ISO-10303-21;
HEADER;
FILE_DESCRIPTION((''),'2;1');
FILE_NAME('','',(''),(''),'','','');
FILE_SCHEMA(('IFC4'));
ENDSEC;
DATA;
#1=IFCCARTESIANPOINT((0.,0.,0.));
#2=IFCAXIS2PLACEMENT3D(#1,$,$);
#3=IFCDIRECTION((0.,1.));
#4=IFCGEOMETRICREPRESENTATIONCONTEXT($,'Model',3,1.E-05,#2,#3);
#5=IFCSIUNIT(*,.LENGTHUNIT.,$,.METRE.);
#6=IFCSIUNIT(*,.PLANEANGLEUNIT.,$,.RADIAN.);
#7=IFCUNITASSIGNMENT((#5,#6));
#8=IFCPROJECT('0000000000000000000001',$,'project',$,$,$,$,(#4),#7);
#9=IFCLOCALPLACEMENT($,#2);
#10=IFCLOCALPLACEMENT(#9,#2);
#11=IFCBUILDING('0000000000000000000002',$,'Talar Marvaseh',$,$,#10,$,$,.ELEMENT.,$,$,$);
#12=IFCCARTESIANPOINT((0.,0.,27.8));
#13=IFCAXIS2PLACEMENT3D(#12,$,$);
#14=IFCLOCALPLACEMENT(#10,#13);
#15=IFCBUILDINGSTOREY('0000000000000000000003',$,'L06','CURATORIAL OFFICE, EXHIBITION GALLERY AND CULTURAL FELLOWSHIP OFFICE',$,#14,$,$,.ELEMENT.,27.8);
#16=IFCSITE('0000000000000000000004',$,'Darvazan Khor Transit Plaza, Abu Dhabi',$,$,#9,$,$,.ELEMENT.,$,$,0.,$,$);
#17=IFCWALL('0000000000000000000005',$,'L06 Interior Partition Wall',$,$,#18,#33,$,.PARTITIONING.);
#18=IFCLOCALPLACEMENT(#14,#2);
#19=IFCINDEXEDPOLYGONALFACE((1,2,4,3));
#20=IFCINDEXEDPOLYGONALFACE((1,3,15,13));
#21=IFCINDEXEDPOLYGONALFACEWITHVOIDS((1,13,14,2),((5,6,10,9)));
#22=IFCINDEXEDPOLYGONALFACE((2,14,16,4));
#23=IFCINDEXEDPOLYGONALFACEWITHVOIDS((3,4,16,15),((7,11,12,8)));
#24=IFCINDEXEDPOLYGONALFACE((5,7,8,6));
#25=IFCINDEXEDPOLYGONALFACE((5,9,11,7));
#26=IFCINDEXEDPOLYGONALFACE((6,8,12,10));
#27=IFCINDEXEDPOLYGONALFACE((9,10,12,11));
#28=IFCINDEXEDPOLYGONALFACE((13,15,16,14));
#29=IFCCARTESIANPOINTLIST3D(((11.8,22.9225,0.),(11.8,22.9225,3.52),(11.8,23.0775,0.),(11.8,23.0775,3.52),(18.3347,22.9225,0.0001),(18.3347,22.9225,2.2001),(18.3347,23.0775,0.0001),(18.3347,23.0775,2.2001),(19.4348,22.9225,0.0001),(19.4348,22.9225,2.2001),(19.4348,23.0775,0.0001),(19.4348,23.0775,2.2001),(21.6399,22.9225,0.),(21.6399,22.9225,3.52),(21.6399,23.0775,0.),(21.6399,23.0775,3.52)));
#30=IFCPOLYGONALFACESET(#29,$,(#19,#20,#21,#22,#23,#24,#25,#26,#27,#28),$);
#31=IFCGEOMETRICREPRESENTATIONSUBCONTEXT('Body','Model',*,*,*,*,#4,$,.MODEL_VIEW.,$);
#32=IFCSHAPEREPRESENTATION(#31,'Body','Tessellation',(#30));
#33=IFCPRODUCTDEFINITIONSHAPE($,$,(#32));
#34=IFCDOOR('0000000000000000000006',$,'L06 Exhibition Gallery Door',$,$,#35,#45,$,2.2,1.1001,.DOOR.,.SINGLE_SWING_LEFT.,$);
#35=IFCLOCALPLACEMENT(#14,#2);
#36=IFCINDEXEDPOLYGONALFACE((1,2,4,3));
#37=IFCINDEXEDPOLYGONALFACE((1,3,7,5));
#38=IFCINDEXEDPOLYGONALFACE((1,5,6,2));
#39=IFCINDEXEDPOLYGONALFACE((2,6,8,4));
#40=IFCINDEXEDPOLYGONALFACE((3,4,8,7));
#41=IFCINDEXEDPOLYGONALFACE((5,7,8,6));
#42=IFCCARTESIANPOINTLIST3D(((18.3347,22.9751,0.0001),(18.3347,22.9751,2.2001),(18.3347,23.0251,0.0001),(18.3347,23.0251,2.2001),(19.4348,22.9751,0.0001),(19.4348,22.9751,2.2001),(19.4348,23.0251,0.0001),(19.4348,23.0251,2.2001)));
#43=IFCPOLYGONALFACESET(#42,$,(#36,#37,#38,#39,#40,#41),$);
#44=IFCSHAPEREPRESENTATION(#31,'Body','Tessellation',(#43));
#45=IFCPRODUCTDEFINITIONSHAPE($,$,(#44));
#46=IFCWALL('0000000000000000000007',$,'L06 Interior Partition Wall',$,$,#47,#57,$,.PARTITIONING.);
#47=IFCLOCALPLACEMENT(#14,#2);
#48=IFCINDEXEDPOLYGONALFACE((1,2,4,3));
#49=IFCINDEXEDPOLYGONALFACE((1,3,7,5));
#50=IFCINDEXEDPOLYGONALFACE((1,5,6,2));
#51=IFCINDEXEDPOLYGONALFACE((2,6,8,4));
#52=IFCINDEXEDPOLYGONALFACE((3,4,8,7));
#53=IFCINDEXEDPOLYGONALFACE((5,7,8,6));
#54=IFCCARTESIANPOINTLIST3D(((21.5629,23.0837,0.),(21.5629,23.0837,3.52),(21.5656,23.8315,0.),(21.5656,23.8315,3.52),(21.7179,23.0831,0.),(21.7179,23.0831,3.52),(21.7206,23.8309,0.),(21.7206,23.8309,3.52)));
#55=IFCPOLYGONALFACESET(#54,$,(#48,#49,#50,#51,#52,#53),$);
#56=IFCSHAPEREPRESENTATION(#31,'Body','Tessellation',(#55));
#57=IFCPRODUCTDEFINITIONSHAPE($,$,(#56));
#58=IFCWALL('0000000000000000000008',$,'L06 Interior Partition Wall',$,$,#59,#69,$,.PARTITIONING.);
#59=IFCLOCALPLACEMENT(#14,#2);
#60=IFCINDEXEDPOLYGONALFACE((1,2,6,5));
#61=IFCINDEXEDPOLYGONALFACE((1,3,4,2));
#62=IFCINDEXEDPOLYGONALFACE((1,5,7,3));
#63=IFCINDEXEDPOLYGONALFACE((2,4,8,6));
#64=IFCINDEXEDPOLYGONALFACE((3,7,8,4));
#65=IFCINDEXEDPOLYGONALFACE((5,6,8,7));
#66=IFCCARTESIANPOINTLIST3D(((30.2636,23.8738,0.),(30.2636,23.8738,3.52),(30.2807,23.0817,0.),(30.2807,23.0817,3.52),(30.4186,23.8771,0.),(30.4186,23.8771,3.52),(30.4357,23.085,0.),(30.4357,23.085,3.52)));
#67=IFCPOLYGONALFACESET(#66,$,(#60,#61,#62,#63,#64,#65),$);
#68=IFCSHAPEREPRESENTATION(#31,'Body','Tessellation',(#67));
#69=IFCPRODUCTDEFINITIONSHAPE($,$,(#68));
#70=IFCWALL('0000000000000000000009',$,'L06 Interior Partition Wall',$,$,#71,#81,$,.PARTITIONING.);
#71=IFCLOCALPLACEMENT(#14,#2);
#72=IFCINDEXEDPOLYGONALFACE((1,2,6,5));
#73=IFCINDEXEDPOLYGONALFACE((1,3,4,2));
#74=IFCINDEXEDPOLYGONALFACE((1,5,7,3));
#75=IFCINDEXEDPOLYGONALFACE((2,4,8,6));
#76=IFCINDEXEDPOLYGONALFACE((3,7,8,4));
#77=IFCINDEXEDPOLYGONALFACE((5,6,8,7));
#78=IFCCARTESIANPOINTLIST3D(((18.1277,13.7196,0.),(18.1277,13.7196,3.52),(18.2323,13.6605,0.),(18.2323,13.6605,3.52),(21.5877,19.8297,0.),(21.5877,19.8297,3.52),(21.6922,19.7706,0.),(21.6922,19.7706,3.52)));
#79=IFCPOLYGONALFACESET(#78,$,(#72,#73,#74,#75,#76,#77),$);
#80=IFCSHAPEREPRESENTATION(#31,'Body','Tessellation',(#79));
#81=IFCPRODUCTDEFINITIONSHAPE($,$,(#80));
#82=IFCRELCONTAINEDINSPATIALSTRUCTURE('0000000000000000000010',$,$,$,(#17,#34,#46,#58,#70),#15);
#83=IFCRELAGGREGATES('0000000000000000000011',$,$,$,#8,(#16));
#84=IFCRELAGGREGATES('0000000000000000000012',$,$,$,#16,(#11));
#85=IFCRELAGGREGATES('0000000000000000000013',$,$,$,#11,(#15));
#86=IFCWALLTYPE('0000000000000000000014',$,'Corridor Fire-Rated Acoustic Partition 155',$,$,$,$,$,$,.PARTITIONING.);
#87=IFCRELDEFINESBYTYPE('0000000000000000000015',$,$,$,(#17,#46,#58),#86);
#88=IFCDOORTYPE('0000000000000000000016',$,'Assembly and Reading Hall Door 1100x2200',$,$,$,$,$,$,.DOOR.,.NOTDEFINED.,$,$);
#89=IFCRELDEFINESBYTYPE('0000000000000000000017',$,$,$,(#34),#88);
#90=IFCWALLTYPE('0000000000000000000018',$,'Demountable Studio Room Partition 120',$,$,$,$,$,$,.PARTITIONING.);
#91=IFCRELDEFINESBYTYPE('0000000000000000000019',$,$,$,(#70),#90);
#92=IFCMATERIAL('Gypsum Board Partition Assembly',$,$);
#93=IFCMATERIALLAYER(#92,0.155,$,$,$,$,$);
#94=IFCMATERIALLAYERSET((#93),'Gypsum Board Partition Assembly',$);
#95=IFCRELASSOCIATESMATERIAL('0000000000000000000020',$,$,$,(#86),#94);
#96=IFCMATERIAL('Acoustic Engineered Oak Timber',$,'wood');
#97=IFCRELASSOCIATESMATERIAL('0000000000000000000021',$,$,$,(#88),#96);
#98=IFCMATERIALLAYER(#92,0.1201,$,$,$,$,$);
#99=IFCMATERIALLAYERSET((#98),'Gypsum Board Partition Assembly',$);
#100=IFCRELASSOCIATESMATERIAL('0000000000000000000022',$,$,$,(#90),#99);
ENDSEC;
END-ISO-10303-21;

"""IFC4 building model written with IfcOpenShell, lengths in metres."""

from ifc_helpers import new_model, si_unit, direction, frame, frame_2d, origin, place, context, subcontext, project, spatial, rectangle, extrude, source, transform, mapped, material, layer, layer_set, type_object, type_shapes, element, fill, save


model = new_model("IFC4")

# Units and contexts
model_context = context("Model", 3, precision=1e-05, world=origin(), true_north=direction((0.0, 1.0)))
body_context = subcontext(model_context, "Body", "Model", "MODEL_VIEW")
ifc_project = project(units=[si_unit("LENGTHUNIT", "METRE"), si_unit("PLANEANGLEUNIT", "RADIAN")], contexts=[model_context])

# Site, building, storey
site_placement = place(None, origin())
site = spatial("IfcSite", under=ifc_project, at=site_placement, Name="Darvazan Khor Transit Plaza, Abu Dhabi", CompositionType="ELEMENT", RefElevation=0.0)
building_placement = place(site_placement, origin())
building = spatial("IfcBuilding", under=site, at=building_placement, Name="Talar Marvaseh", CompositionType="ELEMENT")
storey_placement = place(building_placement, frame((0.0, 0.0, 27.8)))
storey = spatial("IfcBuildingStorey", under=building, at=storey_placement, Name="L06", Description="CURATORIAL OFFICE, EXHIBITION GALLERY AND CULTURAL FELLOWSHIP OFFICE", CompositionType="ELEMENT", Elevation=27.8)

# Wall, opening, door
ifc_material_1 = material(Name="Gypsum Board Partition Assembly")
ifc_layer_1 = layer(ifc_material_1, 0.155)
ifc_layer_set_1 = layer_set([ifc_layer_1], Name="Gypsum Board Partition Assembly")
wall_type_1 = type_object("IfcWallType", Name="Corridor Fire-Rated Acoustic Partition 155", PredefinedType="PARTITIONING", material=ifc_layer_set_1)
wall_1_placement = place(storey_placement, frame((21.6399, 23.0, 0.0), z_axis=(0.0, 0.0, 1.0), x_axis=(-1.0, 0.0, 0.0)))
wall_1 = element("IfcWall", 1, at=wall_1_placement, inside=storey, type_object=wall_type_1, Name="L06 Interior Partition Wall", PredefinedType="PARTITIONING", context=body_context, shape_type="SweptSolid", body=[
    extrude(rectangle(XDim=9.8398, YDim=0.155, at=frame_2d((4.9199, 0.0))), origin(), (0.0, 0.0, 1.0), 3.52),
])
opening_1_placement = place(wall_1_placement, frame((2.2051, 0.0, 0.0)))
opening_1 = element("IfcOpeningElement", 2, at=opening_1_placement, cuts=wall_1, PredefinedType="OPENING", context=body_context, shape_type="SweptSolid", body=[
    extrude(rectangle(XDim=1.1001, YDim=2.2, at=frame_2d((0.55, 1.1001))), frame((0.0, 0.0874, 0.0), z_axis=(0.0, -1.0, 0.0), x_axis=(1.0, 0.0, 0.0)), (0.0, 0.0, 1.0), 0.175),
])
ifc_material_2 = material(Name="Acoustic Engineered Oak Timber", Category="wood")
door_type = type_object("IfcDoorType", Name="Assembly and Reading Hall Door 1100x2200", OperationType="NOTDEFINED", PredefinedType="DOOR", material=ifc_material_2)
shared_shape_1 = source(origin(), body_context, "Body", "SweptSolid", [
    extrude(rectangle(XDim=1.1001, YDim=2.2, at=frame_2d((0.55, 1.1001))), frame((0.0, 0.0249, 0.0), z_axis=(0.0, -1.0, 0.0), x_axis=(1.0, 0.0, 0.0)), (0.0, 0.0, 1.0), 0.05),
])
type_shapes(door_type, [shared_shape_1])
door_placement = place(opening_1_placement, origin())
door = element("IfcDoor", 3, at=door_placement, inside=storey, type_object=door_type, Name="L06 Exhibition Gallery Door", OperationType="SINGLE_SWING_LEFT", OverallHeight=2.2, OverallWidth=1.1001, PredefinedType="DOOR", context=body_context, shape_type="MappedRepresentation", body=[
    mapped(shared_shape_1, transform((0.0, 0.0, 0.0), x_axis=(1.0, 0.0, 0.0), y_axis=(0.0, 1.0, 0.0), z_axis=(0.0, 0.0, 1.0), scale=1.0)),
])
fill(opening_1, door)

# Walls
wall_2_placement = place(storey_placement, frame((21.6431, 23.8313, 0.0), z_axis=(0.0, 0.0, 1.0), x_axis=(-0.003591, -0.999994, 0.0)))
element("IfcWall", 4, at=wall_2_placement, inside=storey, type_object=wall_type_1, Name="L06 Interior Partition Wall", PredefinedType="PARTITIONING", context=body_context, shape_type="SweptSolid", body=[
    extrude(rectangle(XDim=0.7478, YDim=0.155, at=frame_2d((0.374, 0.0))), origin(), (0.0, 0.0, 1.0), 3.52),
])
wall_3_placement = place(storey_placement, frame((30.3582, 23.0835, 0.0), z_axis=(0.0, 0.0, 1.0), x_axis=(-0.021573, 0.999767, 0.0)))
element("IfcWall", 5, at=wall_3_placement, inside=storey, type_object=wall_type_1, Name="L06 Interior Partition Wall", PredefinedType="PARTITIONING", context=body_context, shape_type="SweptSolid", body=[
    extrude(rectangle(XDim=0.7922, YDim=0.155, at=frame_2d((0.396, 0.0))), origin(), (0.0, 0.0, 1.0), 3.52),
])
ifc_layer_2 = layer(ifc_material_1, 0.1201)
ifc_layer_set_2 = layer_set([ifc_layer_2], Name="Gypsum Board Partition Assembly")
wall_type_2 = type_object("IfcWallType", Name="Demountable Studio Room Partition 120", PredefinedType="PARTITIONING", material=ifc_layer_set_2)
wall_4_placement = place(storey_placement, frame((21.6399, 19.8, 0.0), z_axis=(0.0, 0.0, 1.0), x_axis=(-0.49275, -0.870171, 0.0)))
element("IfcWall", 6, at=wall_4_placement, inside=storey, type_object=wall_type_2, Name="L06 Interior Partition Wall", PredefinedType="PARTITIONING", context=body_context, shape_type="SweptSolid", body=[
    extrude(rectangle(XDim=7.0217, YDim=0.1201, at=frame_2d((3.5107, 0.0))), origin(), (0.0, 0.0, 1.0), 3.52),
])

save(model, "model.ifc")
